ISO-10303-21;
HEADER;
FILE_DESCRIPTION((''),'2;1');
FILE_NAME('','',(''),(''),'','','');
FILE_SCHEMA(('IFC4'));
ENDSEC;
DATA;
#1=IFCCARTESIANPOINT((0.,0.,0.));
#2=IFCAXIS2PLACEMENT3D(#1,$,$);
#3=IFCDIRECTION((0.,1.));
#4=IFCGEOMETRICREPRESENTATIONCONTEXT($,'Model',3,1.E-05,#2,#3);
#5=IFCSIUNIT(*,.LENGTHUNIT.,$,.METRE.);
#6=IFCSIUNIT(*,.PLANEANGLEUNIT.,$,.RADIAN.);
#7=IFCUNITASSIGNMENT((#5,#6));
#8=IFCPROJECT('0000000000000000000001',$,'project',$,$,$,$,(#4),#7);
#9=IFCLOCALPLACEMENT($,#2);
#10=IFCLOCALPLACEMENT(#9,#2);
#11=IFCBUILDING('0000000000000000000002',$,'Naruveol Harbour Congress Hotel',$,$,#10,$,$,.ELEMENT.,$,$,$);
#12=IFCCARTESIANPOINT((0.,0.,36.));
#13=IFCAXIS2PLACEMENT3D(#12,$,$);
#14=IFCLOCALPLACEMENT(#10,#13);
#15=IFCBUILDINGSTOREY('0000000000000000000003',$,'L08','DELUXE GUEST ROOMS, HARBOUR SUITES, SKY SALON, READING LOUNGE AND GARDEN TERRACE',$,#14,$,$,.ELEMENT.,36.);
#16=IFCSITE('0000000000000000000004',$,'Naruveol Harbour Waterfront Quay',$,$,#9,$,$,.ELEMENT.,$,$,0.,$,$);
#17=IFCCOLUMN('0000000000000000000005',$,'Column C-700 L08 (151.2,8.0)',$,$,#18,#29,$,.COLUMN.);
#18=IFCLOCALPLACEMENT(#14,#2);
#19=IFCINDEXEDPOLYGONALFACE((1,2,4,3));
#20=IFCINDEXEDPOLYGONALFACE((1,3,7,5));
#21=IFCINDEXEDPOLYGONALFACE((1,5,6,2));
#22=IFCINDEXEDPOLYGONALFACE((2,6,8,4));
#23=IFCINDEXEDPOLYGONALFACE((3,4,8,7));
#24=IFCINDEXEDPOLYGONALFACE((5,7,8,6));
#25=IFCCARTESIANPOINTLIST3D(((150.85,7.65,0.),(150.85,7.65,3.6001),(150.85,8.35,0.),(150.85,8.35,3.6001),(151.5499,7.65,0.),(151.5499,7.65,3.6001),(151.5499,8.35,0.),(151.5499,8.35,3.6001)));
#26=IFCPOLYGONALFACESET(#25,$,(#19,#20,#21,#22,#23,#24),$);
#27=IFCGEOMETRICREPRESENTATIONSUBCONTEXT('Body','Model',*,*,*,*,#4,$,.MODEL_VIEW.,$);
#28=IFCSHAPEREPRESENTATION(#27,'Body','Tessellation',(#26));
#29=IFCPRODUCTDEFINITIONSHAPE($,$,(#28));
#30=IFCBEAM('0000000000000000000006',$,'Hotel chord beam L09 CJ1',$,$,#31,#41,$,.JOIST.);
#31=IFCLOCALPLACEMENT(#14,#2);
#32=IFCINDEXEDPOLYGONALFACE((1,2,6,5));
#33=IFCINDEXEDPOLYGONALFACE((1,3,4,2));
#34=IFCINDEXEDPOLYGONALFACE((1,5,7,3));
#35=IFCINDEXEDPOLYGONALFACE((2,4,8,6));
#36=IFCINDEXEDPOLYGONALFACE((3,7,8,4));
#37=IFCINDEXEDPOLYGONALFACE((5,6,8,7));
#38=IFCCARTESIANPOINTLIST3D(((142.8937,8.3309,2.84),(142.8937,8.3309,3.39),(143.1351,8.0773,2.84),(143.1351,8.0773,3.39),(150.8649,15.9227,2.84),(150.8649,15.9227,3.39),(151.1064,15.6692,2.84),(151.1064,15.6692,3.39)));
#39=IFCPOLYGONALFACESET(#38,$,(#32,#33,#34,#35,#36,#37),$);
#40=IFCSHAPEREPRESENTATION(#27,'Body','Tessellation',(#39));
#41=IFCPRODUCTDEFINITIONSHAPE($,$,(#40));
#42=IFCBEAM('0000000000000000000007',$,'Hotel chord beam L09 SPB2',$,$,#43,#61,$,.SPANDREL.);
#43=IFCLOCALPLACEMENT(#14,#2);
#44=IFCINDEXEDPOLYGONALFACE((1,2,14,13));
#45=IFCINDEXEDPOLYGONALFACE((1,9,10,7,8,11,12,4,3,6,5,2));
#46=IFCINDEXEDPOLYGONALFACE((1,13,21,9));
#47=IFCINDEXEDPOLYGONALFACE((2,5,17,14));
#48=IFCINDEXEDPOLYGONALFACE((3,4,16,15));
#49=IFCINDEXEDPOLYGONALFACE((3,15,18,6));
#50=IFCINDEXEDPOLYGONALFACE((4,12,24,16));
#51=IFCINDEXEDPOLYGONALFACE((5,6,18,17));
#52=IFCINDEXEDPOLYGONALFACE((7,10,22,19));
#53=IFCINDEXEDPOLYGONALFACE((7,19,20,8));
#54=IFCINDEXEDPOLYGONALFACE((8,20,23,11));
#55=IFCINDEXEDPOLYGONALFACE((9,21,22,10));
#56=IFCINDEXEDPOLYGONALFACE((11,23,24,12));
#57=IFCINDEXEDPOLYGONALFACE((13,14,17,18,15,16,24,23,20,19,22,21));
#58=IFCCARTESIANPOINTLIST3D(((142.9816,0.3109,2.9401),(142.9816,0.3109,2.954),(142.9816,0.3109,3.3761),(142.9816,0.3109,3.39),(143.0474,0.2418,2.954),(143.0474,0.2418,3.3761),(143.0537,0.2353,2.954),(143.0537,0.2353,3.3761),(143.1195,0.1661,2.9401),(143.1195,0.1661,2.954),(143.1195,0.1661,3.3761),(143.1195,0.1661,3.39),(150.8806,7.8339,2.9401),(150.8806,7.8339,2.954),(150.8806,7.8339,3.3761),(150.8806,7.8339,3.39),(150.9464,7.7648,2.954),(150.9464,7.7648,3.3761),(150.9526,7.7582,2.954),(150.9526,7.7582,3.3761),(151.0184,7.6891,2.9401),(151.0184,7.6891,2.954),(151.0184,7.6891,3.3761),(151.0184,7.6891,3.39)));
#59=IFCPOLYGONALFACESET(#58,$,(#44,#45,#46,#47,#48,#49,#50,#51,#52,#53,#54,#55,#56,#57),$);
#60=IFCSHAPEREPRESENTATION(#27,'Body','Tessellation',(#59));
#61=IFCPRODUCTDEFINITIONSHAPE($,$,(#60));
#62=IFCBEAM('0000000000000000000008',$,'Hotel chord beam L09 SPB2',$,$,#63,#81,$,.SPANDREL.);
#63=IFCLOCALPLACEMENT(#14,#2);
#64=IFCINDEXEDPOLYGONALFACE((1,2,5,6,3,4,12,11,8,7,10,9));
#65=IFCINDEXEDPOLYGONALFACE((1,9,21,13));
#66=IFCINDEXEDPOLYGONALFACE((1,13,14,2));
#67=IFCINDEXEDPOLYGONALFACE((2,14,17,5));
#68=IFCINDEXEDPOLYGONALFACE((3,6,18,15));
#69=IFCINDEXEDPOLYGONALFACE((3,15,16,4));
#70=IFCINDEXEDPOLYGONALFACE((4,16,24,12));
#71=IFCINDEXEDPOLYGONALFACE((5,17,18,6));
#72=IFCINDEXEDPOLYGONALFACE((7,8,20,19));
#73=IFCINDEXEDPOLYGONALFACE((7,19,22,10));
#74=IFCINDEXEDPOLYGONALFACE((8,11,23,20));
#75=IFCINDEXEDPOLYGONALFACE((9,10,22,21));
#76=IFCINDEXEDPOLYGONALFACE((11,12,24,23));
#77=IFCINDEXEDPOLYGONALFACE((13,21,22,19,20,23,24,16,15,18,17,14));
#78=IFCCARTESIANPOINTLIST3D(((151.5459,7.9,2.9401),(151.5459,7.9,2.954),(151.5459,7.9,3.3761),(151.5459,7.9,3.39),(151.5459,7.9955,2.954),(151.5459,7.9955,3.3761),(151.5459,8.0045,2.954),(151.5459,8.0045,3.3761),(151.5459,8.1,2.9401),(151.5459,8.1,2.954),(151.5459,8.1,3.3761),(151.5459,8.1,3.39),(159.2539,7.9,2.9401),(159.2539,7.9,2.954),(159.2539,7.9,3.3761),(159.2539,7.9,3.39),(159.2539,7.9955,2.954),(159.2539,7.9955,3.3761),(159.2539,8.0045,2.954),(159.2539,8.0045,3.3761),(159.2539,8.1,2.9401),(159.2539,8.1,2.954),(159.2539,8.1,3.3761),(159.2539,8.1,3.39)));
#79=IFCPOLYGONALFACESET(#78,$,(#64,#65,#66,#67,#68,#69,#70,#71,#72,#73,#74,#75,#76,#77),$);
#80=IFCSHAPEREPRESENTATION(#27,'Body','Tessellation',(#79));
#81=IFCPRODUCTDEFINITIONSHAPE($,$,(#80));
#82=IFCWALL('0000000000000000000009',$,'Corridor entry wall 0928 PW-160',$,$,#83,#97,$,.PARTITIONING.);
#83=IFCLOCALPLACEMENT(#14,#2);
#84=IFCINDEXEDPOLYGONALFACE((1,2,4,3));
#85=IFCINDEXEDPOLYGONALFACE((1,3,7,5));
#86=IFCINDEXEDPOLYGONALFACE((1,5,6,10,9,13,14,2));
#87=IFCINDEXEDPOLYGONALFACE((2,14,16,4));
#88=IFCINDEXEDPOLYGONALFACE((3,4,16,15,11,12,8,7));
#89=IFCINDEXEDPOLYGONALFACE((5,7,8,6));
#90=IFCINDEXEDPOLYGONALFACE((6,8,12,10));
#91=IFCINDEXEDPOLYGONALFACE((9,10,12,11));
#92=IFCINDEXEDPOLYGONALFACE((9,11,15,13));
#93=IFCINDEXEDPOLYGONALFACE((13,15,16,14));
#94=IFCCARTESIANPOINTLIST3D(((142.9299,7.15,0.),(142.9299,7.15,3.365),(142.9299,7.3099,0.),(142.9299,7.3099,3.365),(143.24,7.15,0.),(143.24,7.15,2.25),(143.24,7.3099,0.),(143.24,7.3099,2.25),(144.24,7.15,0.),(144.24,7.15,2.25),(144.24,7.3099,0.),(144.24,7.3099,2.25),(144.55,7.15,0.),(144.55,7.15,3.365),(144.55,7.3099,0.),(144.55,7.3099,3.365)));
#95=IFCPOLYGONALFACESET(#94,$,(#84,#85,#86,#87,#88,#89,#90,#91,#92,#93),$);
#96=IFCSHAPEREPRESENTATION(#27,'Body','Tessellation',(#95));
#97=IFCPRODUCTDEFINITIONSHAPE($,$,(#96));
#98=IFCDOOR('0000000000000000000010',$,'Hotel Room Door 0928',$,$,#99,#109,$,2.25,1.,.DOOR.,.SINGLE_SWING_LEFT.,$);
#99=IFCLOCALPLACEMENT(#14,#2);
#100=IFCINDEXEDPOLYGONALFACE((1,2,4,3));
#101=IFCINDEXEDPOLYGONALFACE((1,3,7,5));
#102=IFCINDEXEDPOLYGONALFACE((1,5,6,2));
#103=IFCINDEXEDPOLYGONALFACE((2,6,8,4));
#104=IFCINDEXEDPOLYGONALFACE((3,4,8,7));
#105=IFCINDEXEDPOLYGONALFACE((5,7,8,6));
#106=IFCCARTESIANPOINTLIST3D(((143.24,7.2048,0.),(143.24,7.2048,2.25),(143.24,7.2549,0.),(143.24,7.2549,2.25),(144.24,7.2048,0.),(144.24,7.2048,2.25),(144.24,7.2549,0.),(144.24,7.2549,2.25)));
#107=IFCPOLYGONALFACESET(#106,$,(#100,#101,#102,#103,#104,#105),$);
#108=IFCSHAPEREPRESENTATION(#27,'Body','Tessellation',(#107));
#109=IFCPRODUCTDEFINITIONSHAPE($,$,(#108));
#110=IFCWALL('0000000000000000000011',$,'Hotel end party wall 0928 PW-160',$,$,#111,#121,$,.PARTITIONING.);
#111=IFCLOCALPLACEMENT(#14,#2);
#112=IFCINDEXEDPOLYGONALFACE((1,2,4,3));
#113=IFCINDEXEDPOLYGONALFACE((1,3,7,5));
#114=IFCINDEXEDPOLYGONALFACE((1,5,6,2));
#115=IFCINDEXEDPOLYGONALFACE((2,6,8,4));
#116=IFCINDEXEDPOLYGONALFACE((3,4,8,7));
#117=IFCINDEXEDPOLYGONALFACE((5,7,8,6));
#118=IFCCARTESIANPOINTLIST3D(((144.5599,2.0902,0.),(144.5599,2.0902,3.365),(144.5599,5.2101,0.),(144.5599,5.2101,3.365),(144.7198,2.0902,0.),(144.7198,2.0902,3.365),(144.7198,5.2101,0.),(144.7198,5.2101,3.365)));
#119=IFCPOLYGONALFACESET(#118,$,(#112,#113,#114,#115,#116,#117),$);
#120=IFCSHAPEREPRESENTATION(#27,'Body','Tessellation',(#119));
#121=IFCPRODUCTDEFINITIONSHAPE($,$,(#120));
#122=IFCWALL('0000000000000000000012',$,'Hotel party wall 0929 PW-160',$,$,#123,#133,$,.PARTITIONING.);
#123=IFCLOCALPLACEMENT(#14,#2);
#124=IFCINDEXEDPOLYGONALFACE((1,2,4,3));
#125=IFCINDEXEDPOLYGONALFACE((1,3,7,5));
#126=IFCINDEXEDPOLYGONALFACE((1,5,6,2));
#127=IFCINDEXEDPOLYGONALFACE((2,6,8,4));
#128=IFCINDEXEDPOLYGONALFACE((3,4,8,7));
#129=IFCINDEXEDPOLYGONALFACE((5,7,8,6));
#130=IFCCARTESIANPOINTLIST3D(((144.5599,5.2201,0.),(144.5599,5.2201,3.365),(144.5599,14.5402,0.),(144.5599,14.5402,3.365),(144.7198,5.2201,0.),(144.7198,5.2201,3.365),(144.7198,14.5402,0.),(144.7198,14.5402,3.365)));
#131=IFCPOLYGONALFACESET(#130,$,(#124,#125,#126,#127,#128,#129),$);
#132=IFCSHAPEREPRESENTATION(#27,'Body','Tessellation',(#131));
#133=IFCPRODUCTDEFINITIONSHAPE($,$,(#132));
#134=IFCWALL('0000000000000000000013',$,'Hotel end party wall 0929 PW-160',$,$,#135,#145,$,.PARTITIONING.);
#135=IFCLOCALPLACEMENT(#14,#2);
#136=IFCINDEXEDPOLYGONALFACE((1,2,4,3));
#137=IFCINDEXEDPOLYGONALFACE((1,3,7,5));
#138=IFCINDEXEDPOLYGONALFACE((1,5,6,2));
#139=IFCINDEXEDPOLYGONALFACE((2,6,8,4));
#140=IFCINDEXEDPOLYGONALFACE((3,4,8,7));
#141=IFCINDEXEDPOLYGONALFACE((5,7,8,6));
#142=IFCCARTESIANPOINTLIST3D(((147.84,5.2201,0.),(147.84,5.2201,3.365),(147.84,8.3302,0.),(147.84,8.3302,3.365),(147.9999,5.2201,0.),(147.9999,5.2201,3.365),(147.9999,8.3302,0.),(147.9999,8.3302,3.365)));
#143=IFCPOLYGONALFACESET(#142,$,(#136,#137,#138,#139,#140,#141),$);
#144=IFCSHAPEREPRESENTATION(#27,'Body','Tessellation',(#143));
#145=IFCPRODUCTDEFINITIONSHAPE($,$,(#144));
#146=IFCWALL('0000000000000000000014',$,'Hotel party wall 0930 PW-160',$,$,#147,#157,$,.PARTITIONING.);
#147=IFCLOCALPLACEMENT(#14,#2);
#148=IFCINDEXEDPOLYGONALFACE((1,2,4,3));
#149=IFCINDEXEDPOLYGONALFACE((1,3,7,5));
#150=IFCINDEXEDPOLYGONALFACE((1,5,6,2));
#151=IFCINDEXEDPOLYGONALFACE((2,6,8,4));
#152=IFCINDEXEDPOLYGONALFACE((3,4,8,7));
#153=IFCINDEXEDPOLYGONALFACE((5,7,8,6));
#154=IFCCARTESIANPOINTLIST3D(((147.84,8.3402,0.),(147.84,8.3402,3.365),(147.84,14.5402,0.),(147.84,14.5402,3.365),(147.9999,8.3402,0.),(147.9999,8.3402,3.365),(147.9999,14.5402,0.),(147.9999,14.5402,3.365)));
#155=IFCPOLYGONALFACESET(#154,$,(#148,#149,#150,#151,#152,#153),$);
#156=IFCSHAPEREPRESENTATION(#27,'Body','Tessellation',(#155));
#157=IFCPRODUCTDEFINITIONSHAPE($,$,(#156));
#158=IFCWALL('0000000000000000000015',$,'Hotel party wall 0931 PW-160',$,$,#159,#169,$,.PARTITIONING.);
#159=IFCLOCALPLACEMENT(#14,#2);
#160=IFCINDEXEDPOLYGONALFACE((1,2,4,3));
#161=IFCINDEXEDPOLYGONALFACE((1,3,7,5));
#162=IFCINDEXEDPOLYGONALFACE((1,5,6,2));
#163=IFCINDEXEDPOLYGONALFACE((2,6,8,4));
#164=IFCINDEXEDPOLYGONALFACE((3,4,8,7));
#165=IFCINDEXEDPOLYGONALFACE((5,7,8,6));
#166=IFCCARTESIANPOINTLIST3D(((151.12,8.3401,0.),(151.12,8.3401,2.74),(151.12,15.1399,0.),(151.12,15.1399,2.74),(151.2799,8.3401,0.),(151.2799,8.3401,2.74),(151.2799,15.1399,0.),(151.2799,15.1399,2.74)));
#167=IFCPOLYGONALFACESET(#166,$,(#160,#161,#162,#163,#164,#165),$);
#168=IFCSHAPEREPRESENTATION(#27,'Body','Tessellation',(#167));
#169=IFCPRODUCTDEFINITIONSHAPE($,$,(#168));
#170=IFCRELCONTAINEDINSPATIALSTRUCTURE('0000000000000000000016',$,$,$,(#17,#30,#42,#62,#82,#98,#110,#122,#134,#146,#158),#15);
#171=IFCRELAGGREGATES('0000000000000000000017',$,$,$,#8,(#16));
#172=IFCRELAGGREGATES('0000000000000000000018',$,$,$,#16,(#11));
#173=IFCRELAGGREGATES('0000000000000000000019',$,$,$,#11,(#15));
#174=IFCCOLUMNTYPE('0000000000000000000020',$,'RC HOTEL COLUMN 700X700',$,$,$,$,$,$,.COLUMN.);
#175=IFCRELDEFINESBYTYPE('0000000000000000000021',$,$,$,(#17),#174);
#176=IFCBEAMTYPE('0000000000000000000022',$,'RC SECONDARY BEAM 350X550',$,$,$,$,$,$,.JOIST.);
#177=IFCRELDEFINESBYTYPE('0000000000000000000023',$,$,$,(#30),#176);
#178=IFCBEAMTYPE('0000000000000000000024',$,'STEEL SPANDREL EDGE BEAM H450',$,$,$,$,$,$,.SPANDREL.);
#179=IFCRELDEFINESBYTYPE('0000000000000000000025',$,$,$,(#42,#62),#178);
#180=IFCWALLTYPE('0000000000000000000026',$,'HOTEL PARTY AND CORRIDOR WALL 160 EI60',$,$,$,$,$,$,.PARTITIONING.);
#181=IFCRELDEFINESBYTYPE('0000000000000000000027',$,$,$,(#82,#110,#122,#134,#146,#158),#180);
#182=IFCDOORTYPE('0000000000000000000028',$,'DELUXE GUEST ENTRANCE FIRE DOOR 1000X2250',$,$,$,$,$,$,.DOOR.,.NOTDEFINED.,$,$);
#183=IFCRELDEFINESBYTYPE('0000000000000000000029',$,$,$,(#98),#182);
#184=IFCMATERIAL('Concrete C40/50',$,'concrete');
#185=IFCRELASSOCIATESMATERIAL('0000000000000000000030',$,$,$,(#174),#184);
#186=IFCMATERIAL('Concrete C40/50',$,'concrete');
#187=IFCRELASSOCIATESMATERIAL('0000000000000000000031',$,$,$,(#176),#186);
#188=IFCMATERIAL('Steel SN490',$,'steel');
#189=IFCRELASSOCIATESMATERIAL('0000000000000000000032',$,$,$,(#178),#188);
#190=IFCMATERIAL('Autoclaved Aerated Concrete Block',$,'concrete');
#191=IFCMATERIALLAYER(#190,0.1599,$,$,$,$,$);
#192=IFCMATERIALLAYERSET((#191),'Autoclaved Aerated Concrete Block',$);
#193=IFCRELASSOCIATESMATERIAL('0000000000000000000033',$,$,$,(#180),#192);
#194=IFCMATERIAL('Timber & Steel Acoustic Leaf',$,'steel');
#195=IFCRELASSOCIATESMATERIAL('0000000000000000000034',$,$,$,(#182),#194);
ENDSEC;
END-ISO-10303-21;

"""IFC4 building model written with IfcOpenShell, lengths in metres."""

from ifc_helpers import new_model, si_unit, direction, frame, frame_2d, origin, origin_2d, place, context, subcontext, project, spatial, rectangle, i_section, extrude, material, layer, layer_set, material_profile, profile_set, type_object, element, fill, save


model = new_model("IFC4")

# Units and contexts
model_context = context("Model", 3, precision=1e-05, world=origin(), true_north=direction((0.0, 1.0)))
body_context = subcontext(model_context, "Body", "Model", "MODEL_VIEW")
ifc_project = project(units=[si_unit("LENGTHUNIT", "METRE"), si_unit("PLANEANGLEUNIT", "RADIAN")], contexts=[model_context])

# Site, building, storey
site_placement = place(None, origin())
site = spatial("IfcSite", under=ifc_project, at=site_placement, Name="Naruveol Harbour Waterfront Quay", CompositionType="ELEMENT", RefElevation=0.0)
building_placement = place(site_placement, origin())
building = spatial("IfcBuilding", under=site, at=building_placement, Name="Naruveol Harbour Congress Hotel", CompositionType="ELEMENT")
storey_placement = place(building_placement, frame((0.0, 0.0, 36.0)))
storey = spatial("IfcBuildingStorey", under=building, at=storey_placement, Name="L08", Description="DELUXE GUEST ROOMS, HARBOUR SUITES, SKY SALON, READING LOUNGE AND GARDEN TERRACE", CompositionType="ELEMENT", Elevation=36.0)

# Column
ifc_material_1 = material(Name="Concrete C40/50", Category="concrete")
ifc_material_profile_1 = material_profile(ifc_material_1, rectangle(XDim=0.7, YDim=0.7, at=origin_2d()), Name="RC-700x700")
ifc_profile_set_1 = profile_set([ifc_material_profile_1], Name="Concrete C40/50")
column_type = type_object("IfcColumnType", Name="RC HOTEL COLUMN 700X700", PredefinedType="COLUMN", material=ifc_profile_set_1)
column_placement = place(storey_placement, frame((151.2, 8.0, 0.0), z_axis=(0.0, 0.0, 1.0), x_axis=(1.0, 0.0, 0.0)))
element("IfcColumn", 1, at=column_placement, inside=storey, type_object=column_type, Name="Column C-700 L08 (151.2,8.0)", PredefinedType="COLUMN", context=body_context, shape_type="SweptSolid", body=[
    extrude(rectangle(XDim=0.7, YDim=0.7, at=origin_2d()), origin(), (0.0, 0.0, 1.0), 3.6001),
])

# Beams
ifc_material_2 = material(Name="Concrete C40/50", Category="concrete")
ifc_material_profile_2 = material_profile(ifc_material_2, rectangle(XDim=0.3501, YDim=0.55, at=origin_2d()), Name="RCB-350x550")
ifc_profile_set_2 = profile_set([ifc_material_profile_2], Name="Concrete C40/50")
beam_type_1 = type_object("IfcBeamType", Name="RC SECONDARY BEAM 350X550", PredefinedType="JOIST", material=ifc_profile_set_2)
beam_1_placement = place(storey_placement, frame((143.0144, 8.2041, 3.115), z_axis=(0.724129, 0.689664, 0.0), x_axis=(-0.689664, 0.724129, 0.0)))
element("IfcBeam", 2, at=beam_1_placement, inside=storey, type_object=beam_type_1, Name="Hotel chord beam L09 CJ1", PredefinedType="JOIST", context=body_context, shape_type="SweptSolid", body=[
    extrude(rectangle(XDim=0.3501, YDim=0.55, at=origin_2d()), origin(), (0.0, 0.0, 1.0), 11.0081),
])
ifc_material_3 = material(Name="Steel SN490", Category="steel")
ifc_material_profile_3 = material_profile(ifc_material_3, i_section(OverallWidth=0.2, OverallDepth=0.45, WebThickness=0.009, FlangeThickness=0.0139, at=origin_2d()), Name="H-450x200x9x14")
ifc_profile_set_3 = profile_set([ifc_material_profile_3], Name="Steel SN490")
beam_type_2 = type_object("IfcBeamType", Name="STEEL SPANDREL EDGE BEAM H450", PredefinedType="SPANDREL", material=ifc_profile_set_3)
beam_2_placement = place(storey_placement, frame((143.0505, 0.2385, 3.165), z_axis=(0.72413, 0.689663, 0.0), x_axis=(-0.689663, 0.72413, 0.0)))
element("IfcBeam", 3, at=beam_2_placement, inside=storey, type_object=beam_type_2, Name="Hotel chord beam L09 SPB2", PredefinedType="SPANDREL", context=body_context, shape_type="SweptSolid", body=[
    extrude(i_section(OverallWidth=0.2, OverallDepth=0.45, WebThickness=0.009, FlangeThickness=0.0139, at=origin_2d()), origin(), (0.0, 0.0, 1.0), 10.9082),
])
beam_3_placement = place(storey_placement, frame((151.5459, 8.0, 3.165), z_axis=(1.0, 0.0, 0.0), x_axis=(0.0, 1.0, 0.0)))
element("IfcBeam", 4, at=beam_3_placement, inside=storey, type_object=beam_type_2, Name="Hotel chord beam L09 SPB2", PredefinedType="SPANDREL", context=body_context, shape_type="SweptSolid", body=[
    extrude(i_section(OverallWidth=0.2, OverallDepth=0.45, WebThickness=0.009, FlangeThickness=0.0139, at=origin_2d()), origin(), (0.0, 0.0, 1.0), 7.708),
])

# Wall, opening, door
ifc_material_4 = material(Name="Autoclaved Aerated Concrete Block", Category="concrete")
ifc_layer_1 = layer(ifc_material_4, 0.1599)
ifc_layer_set_1 = layer_set([ifc_layer_1], Name="Autoclaved Aerated Concrete Block")
wall_type_1 = type_object("IfcWallType", Name="HOTEL PARTY AND CORRIDOR WALL 160 EI60", PredefinedType="PARTITIONING", material=ifc_layer_set_1)
wall_1_placement = place(storey_placement, frame((142.9299, 7.23, 0.0), z_axis=(0.0, 0.0, 1.0), x_axis=(1.0, 0.0, 0.0)))
wall_1 = element("IfcWall", 5, at=wall_1_placement, inside=storey, type_object=wall_type_1, Name="Corridor entry wall 0928 PW-160", PredefinedType="PARTITIONING", context=body_context, shape_type="SweptSolid", body=[
    extrude(rectangle(XDim=1.6201, YDim=0.1599, at=frame_2d((0.8101, 0.0))), origin(), (0.0, 0.0, 1.0), 3.365),
])
opening_1_placement = place(wall_1_placement, frame((0.3101, 0.0, 0.0)))
opening_1 = element("IfcOpeningElement", 6, at=opening_1_placement, cuts=wall_1, PredefinedType="OPENING", context=body_context, shape_type="SweptSolid", body=[
    extrude(rectangle(XDim=1.0, YDim=2.25, at=frame_2d((0.5, 1.125))), frame((0.0, 0.0898, 0.0), z_axis=(0.0, -1.0, 0.0), x_axis=(1.0, 0.0, 0.0)), (0.0, 0.0, 1.0), 0.1799),
])
ifc_material_5 = material(Name="Timber & Steel Acoustic Leaf", Category="steel")
door_type_1 = type_object("IfcDoorType", Name="DELUXE GUEST ENTRANCE FIRE DOOR 1000X2250", OperationType="NOTDEFINED", PredefinedType="DOOR", material=ifc_material_5)
door_1_placement = place(opening_1_placement, origin())
door_1 = element("IfcDoor", 7, at=door_1_placement, inside=storey, type_object=door_type_1, Name="Hotel Room Door 0928", OperationType="SINGLE_SWING_LEFT", OverallHeight=2.25, OverallWidth=1.0, PredefinedType="DOOR", context=body_context, shape_type="SweptSolid", body=[
    extrude(rectangle(XDim=1.0, YDim=2.25, at=frame_2d((0.5, 1.125))), frame((0.0, 0.0249, 0.0), z_axis=(0.0, -1.0, 0.0), x_axis=(1.0, 0.0, 0.0)), (0.0, 0.0, 1.0), 0.05),
])
fill(opening_1, door_1)

# Walls
wall_2_placement = place(storey_placement, frame((144.6399, 2.0901, 0.0), z_axis=(0.0, 0.0, 1.0), x_axis=(0.0, 1.0, 0.0)))
element("IfcWall", 8, at=wall_2_placement, inside=storey, type_object=wall_type_1, Name="Hotel end party wall 0928 PW-160", PredefinedType="PARTITIONING", context=body_context, shape_type="SweptSolid", body=[
    extrude(rectangle(XDim=3.1199, YDim=0.1599, at=frame_2d((1.5601, 0.0))), origin(), (0.0, 0.0, 1.0), 3.365),
])
wall_3_placement = place(storey_placement, frame((144.6399, 5.22, 0.0), z_axis=(0.0, 0.0, 1.0), x_axis=(0.0, 1.0, 0.0)))
element("IfcWall", 9, at=wall_3_placement, inside=storey, type_object=wall_type_1, Name="Hotel party wall 0929 PW-160", PredefinedType="PARTITIONING", context=body_context, shape_type="SweptSolid", body=[
    extrude(rectangle(XDim=9.3201, YDim=0.1599, at=frame_2d((4.6602, 0.0))), origin(), (0.0, 0.0, 1.0), 3.365),
])
wall_4_placement = place(storey_placement, frame((147.9199, 5.22, 0.0), z_axis=(0.0, 0.0, 1.0), x_axis=(0.0, 1.0, 0.0)))
element("IfcWall", 10, at=wall_4_placement, inside=storey, type_object=wall_type_1, Name="Hotel end party wall 0929 PW-160", PredefinedType="PARTITIONING", context=body_context, shape_type="SweptSolid", body=[
    extrude(rectangle(XDim=3.1101, YDim=0.1599, at=frame_2d((1.5552, 0.0))), origin(), (0.0, 0.0, 1.0), 3.365),
])
wall_5_placement = place(storey_placement, frame((147.9199, 8.3401, 0.0), z_axis=(0.0, 0.0, 1.0), x_axis=(0.0, 1.0, 0.0)))
element("IfcWall", 11, at=wall_5_placement, inside=storey, type_object=wall_type_1, Name="Hotel party wall 0930 PW-160", PredefinedType="PARTITIONING", context=body_context, shape_type="SweptSolid", body=[
    extrude(rectangle(XDim=6.2, YDim=0.1599, at=frame_2d((3.1001, 0.0))), origin(), (0.0, 0.0, 1.0), 3.365),
])
wall_6_placement = place(storey_placement, frame((151.2, 8.3401, 0.0), z_axis=(0.0, 0.0, 1.0), x_axis=(0.0, 1.0, 0.0)))
element("IfcWall", 12, at=wall_6_placement, inside=storey, type_object=wall_type_1, Name="Hotel party wall 0931 PW-160", PredefinedType="PARTITIONING", context=body_context, shape_type="SweptSolid", body=[
    extrude(rectangle(XDim=6.7998, YDim=0.1599, at=frame_2d((3.3999, 0.0))), origin(), (0.0, 0.0, 1.0), 2.74),
])

save(model, "model.ifc")
